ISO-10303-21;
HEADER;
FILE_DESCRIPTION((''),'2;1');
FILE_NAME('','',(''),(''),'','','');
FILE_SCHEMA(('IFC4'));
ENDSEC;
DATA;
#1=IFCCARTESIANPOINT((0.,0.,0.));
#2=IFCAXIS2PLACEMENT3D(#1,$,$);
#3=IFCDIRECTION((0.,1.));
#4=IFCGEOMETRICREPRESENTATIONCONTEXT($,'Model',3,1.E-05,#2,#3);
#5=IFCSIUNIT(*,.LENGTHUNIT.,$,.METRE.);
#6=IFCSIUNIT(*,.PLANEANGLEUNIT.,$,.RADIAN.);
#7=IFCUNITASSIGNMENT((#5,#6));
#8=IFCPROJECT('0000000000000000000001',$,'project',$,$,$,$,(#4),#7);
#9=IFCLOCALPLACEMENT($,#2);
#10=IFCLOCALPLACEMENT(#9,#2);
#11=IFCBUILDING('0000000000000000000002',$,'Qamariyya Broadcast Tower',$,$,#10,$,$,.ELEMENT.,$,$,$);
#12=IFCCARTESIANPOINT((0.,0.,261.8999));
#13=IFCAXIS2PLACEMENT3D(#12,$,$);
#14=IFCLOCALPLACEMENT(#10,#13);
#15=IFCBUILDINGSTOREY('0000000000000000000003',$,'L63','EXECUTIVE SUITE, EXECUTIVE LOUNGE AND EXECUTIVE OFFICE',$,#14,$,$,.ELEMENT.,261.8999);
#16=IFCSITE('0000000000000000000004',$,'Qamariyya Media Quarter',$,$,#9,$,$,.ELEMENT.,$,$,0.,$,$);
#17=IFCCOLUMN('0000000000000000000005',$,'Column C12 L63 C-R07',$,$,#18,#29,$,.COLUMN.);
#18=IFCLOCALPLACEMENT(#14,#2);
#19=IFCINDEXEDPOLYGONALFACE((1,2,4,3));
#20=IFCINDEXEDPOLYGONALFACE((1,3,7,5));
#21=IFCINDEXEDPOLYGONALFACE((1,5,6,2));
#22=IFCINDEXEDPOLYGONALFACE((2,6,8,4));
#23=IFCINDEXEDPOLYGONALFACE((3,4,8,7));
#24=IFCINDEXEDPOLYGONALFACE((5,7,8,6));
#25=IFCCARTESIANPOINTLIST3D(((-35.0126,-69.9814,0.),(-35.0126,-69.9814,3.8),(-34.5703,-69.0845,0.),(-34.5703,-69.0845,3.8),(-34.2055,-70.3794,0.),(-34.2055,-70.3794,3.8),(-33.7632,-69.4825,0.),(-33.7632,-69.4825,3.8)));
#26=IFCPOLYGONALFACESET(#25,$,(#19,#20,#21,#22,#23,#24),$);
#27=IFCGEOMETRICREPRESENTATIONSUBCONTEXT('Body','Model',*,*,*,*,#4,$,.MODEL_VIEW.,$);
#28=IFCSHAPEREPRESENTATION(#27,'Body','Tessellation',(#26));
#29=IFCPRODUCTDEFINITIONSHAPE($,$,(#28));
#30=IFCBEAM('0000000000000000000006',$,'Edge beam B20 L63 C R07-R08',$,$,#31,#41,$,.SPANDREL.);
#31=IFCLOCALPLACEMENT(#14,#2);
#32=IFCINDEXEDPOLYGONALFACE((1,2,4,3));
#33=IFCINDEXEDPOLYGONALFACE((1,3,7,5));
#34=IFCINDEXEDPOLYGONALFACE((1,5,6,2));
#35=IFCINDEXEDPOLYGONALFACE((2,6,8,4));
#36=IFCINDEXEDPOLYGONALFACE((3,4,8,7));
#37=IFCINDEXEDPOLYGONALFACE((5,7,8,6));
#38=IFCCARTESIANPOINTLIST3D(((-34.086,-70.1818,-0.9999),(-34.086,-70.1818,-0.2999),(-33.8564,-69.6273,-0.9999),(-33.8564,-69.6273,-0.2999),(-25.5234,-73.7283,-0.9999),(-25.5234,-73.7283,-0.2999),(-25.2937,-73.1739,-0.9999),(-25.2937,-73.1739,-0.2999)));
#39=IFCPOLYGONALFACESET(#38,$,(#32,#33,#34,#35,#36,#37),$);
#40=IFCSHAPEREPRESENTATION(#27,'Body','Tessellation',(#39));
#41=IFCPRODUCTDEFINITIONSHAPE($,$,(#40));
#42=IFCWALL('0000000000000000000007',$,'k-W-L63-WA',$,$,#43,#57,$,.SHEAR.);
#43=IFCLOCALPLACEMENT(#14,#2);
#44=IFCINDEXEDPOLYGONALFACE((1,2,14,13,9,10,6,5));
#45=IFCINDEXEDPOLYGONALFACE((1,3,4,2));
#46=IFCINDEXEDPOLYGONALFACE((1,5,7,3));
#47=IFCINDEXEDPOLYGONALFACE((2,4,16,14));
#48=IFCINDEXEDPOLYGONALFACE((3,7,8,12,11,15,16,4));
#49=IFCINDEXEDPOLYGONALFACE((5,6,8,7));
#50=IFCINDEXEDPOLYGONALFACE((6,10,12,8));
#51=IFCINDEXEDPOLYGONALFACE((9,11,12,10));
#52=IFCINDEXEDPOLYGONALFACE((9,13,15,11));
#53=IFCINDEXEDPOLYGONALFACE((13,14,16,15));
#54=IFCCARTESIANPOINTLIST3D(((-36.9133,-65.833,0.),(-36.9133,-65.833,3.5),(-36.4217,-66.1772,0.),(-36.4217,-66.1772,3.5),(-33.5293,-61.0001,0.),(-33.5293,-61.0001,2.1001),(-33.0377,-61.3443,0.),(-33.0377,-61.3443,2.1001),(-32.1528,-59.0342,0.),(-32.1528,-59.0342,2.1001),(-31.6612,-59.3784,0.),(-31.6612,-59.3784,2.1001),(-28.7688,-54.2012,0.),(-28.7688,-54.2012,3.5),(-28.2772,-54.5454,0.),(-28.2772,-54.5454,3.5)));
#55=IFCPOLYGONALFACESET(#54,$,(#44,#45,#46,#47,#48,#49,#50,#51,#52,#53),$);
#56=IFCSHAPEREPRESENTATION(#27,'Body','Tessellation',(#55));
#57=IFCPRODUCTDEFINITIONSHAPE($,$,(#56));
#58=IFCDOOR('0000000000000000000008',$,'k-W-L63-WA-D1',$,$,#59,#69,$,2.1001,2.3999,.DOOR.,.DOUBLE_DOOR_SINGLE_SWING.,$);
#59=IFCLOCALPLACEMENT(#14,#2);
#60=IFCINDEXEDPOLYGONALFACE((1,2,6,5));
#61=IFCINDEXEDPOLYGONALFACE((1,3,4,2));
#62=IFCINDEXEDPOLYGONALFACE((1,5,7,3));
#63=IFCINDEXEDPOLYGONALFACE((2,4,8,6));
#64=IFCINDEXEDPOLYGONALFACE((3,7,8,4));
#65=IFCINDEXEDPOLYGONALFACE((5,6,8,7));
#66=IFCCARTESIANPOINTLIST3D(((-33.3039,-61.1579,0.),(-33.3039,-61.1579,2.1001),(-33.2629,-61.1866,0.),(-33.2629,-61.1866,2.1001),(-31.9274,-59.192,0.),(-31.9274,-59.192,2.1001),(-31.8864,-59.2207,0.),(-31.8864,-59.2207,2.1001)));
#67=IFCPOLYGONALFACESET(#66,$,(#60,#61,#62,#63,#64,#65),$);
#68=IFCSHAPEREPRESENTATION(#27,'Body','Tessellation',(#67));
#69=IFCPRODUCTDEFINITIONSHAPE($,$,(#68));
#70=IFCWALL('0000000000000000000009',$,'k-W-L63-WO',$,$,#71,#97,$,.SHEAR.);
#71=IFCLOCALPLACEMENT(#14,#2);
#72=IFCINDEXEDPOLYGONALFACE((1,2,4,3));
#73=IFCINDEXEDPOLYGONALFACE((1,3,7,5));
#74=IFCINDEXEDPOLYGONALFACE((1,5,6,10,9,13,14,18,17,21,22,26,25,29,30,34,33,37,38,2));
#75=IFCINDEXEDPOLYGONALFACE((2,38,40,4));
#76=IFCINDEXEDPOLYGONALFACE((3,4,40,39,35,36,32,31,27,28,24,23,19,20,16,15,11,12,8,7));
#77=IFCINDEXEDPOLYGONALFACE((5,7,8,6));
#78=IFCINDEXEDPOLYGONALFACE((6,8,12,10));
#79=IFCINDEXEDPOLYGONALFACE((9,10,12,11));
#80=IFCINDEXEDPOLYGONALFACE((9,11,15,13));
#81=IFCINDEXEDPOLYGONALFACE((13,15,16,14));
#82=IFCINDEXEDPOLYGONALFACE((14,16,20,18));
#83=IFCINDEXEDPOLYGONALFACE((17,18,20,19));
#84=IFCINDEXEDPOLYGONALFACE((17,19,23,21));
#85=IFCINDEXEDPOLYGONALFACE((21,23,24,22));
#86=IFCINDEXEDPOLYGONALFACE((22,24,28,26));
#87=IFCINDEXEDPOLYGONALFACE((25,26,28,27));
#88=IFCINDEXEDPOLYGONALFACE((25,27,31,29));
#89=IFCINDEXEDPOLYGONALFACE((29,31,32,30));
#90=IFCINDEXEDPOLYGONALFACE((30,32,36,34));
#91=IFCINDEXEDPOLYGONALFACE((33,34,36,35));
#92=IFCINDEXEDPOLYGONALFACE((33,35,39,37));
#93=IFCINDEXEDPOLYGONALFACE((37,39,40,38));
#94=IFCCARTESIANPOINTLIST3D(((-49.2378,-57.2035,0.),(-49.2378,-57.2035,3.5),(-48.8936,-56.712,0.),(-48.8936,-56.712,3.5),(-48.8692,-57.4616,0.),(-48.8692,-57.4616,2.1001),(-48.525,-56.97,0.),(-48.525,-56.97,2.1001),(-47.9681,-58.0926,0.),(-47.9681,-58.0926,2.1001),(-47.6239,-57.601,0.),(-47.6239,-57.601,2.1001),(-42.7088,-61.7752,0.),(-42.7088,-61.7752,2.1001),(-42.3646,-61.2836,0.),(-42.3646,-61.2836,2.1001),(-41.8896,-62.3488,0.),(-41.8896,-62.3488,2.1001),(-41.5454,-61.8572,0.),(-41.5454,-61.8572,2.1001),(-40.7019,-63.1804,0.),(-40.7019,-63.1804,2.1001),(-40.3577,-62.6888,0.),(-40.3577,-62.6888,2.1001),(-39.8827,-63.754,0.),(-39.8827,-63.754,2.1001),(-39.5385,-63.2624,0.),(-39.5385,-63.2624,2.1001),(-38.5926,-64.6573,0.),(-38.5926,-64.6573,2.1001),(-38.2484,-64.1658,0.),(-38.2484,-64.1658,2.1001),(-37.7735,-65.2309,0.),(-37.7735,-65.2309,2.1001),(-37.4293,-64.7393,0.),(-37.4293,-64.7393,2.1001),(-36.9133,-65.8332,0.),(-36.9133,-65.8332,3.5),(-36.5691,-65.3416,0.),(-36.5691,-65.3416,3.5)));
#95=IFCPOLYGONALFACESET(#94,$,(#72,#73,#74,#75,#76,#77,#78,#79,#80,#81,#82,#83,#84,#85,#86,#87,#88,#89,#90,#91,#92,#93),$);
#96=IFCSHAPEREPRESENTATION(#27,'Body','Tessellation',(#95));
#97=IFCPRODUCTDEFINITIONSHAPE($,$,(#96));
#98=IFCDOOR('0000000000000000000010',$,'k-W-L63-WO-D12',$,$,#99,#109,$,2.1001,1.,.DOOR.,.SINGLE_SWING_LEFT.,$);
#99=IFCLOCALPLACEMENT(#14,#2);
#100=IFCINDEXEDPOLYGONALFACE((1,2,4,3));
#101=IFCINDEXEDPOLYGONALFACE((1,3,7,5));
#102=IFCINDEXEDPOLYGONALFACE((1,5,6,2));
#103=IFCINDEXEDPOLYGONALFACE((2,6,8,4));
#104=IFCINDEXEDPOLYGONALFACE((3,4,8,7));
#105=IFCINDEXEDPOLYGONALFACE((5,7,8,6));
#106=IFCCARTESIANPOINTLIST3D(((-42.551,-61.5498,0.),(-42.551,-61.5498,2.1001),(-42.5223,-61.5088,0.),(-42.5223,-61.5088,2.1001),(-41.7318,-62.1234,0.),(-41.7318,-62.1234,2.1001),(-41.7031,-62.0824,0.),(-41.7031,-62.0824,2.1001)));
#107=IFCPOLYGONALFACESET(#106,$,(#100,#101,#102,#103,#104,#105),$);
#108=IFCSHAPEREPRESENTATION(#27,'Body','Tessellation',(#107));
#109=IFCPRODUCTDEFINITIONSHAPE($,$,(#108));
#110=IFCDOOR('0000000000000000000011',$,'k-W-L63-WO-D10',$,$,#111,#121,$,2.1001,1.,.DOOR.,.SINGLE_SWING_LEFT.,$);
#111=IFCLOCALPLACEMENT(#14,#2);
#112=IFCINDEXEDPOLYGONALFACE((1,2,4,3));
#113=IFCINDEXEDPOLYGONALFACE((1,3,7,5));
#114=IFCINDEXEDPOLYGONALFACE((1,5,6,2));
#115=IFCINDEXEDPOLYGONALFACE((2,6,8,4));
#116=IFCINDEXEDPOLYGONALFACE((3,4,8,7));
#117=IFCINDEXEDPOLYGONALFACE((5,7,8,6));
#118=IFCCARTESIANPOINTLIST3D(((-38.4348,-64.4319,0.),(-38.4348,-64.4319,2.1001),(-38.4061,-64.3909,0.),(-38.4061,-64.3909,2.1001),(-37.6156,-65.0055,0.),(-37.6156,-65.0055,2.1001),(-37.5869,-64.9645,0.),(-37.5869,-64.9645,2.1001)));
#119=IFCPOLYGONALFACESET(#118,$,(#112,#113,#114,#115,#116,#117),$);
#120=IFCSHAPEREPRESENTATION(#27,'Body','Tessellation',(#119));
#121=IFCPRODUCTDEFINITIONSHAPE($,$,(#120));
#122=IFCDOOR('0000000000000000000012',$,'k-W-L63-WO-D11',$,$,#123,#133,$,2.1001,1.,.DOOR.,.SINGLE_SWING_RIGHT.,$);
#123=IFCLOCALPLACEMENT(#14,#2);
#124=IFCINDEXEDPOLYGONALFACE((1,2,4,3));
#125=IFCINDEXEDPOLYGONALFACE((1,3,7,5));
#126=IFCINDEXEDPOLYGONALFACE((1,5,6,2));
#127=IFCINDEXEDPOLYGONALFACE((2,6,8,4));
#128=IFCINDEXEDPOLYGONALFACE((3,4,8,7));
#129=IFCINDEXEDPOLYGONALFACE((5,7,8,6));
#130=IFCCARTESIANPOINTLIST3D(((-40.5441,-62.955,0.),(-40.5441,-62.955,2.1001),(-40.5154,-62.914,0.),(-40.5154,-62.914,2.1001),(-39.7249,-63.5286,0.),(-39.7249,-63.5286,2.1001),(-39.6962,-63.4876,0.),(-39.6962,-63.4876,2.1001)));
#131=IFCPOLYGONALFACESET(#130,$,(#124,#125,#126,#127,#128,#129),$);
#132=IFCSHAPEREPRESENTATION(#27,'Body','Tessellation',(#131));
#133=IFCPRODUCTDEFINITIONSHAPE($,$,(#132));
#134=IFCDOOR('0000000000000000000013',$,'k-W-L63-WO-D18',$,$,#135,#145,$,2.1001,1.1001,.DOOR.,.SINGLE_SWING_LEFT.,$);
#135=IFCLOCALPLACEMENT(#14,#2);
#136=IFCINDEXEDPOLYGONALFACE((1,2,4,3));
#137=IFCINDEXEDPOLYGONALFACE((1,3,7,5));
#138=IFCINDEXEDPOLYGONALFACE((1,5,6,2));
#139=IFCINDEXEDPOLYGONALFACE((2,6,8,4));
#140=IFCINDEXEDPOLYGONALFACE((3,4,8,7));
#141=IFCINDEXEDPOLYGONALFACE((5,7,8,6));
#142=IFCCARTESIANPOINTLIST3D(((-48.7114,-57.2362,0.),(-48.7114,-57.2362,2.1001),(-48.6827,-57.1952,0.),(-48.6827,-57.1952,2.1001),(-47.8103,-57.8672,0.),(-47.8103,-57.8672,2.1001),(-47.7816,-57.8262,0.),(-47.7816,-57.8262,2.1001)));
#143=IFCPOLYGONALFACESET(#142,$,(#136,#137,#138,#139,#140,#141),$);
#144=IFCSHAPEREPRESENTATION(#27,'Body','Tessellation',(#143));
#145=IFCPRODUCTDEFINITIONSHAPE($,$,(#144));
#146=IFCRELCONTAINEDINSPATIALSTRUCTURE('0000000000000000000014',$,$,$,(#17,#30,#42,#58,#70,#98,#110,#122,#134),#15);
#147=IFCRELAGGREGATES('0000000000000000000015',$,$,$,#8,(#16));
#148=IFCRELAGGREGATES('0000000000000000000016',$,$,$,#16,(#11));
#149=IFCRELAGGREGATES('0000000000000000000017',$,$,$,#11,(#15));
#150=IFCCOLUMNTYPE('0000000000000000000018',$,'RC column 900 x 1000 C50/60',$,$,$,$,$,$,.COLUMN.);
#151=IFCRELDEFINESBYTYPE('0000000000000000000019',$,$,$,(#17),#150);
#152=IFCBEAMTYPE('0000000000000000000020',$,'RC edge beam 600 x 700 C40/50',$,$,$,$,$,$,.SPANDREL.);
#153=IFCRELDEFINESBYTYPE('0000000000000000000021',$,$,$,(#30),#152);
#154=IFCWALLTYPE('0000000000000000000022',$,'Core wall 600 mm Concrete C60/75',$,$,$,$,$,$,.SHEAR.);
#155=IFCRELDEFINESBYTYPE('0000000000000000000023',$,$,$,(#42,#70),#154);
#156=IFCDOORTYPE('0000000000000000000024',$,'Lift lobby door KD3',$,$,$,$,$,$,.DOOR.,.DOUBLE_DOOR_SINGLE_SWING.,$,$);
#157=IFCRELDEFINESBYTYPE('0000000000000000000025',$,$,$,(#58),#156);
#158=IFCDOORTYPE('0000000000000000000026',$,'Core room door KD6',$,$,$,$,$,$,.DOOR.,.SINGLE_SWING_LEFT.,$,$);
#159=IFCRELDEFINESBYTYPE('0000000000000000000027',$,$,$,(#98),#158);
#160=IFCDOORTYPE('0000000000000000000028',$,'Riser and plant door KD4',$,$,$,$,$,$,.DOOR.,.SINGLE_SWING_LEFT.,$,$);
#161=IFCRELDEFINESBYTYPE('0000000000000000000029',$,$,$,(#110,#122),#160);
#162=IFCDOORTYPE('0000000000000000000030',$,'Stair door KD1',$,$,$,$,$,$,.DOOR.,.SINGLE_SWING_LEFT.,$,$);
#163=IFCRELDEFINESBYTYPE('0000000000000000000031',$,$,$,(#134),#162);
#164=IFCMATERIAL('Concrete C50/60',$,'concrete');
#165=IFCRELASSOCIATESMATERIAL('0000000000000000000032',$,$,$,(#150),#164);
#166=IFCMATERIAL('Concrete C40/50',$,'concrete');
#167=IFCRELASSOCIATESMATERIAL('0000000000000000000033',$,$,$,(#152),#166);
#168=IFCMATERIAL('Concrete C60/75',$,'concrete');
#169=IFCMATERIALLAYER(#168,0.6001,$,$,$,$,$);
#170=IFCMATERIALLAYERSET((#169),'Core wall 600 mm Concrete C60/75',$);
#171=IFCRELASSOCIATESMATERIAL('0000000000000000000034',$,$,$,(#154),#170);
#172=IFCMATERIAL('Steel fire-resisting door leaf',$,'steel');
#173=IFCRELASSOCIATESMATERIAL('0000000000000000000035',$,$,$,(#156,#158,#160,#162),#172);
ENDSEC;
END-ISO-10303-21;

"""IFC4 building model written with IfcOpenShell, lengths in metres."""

from ifc_helpers import new_model, si_unit, direction, frame, frame_2d, origin, origin_2d, place, context, subcontext, project, spatial, rectangle, extrude, material, layer, layer_set, material_profile, profile_set, type_object, element, fill, save


model = new_model("IFC4")

# Units and contexts
model_context = context("Model", 3, precision=1e-05, world=origin(), true_north=direction((0.0, 1.0)))
body_context = subcontext(model_context, "Body", "Model", "MODEL_VIEW")
ifc_project = project(units=[si_unit("LENGTHUNIT", "METRE"), si_unit("PLANEANGLEUNIT", "RADIAN")], contexts=[model_context])

# Site, building, storey
site_placement = place(None, origin())
site = spatial("IfcSite", under=ifc_project, at=site_placement, Name="Qamariyya Media Quarter", CompositionType="ELEMENT", RefElevation=0.0)
building_placement = place(site_placement, origin())
building = spatial("IfcBuilding", under=site, at=building_placement, Name="Qamariyya Broadcast Tower", CompositionType="ELEMENT")
storey_placement = place(building_placement, frame((0.0, 0.0, 261.8999)))
storey = spatial("IfcBuildingStorey", under=building, at=storey_placement, Name="L63", Description="EXECUTIVE SUITE, EXECUTIVE LOUNGE AND EXECUTIVE OFFICE", CompositionType="ELEMENT", Elevation=261.8999)

# Column
ifc_material_1 = material(Name="Concrete C50/60", Category="concrete")
ifc_material_profile_1 = material_profile(ifc_material_1, rectangle(XDim=0.8999, YDim=1.0, at=origin_2d()))
ifc_profile_set_1 = profile_set([ifc_material_profile_1], Name="Concrete C50/60")
column_type = type_object("IfcColumnType", Name="RC column 900 x 1000 C50/60", PredefinedType="COLUMN", material=ifc_profile_set_1)
column_placement = place(storey_placement, frame((-34.3879, -69.7319, 0.0), z_axis=(0.0, 0.0, 1.0), x_axis=(0.896873, -0.442289, 0.0)))
element("IfcColumn", 1, at=column_placement, inside=storey, type_object=column_type, Name="Column C12 L63 C-R07", PredefinedType="COLUMN", context=body_context, shape_type="SweptSolid", body=[
    extrude(rectangle(XDim=0.8999, YDim=1.0, at=origin_2d()), origin(), (0.0, 0.0, 1.0), 3.8),
])

# Beam
ifc_material_2 = material(Name="Concrete C40/50", Category="concrete")
ifc_material_profile_2 = material_profile(ifc_material_2, rectangle(XDim=0.6001, YDim=0.7, at=origin_2d()))
ifc_profile_set_2 = profile_set([ifc_material_profile_2], Name="Concrete C40/50")
beam_type = type_object("IfcBeamType", Name="RC edge beam 600 x 700 C40/50", PredefinedType="SPANDREL", material=ifc_profile_set_2)
beam_placement = place(storey_placement, frame((-33.9712, -69.9045, -0.6499), z_axis=(0.923886, -0.382667, 0.0), x_axis=(0.382667, 0.923886, 0.0)))
element("IfcBeam", 2, at=beam_placement, inside=storey, type_object=beam_type, Name="Edge beam B20 L63 C R07-R08", PredefinedType="SPANDREL", context=body_context, shape_type="SweptSolid", body=[
    extrude(rectangle(XDim=0.6001, YDim=0.7, at=origin_2d()), origin(), (0.0, 0.0, 1.0), 9.2681),
])

# Wall, opening, door
ifc_material_3 = material(Name="Concrete C60/75", Category="concrete")
ifc_layer_1 = layer(ifc_material_3, 0.6001)
ifc_layer_set_1 = layer_set([ifc_layer_1], Name="Core wall 600 mm Concrete C60/75")
wall_type_1 = type_object("IfcWallType", Name="Core wall 600 mm Concrete C60/75", PredefinedType="SHEAR", material=ifc_layer_set_1)
wall_1_placement = place(storey_placement, frame((-36.6675, -66.0051, 0.0), z_axis=(0.0, 0.0, 1.0), x_axis=(0.573568, 0.819158, 0.0)))
wall_1 = element("IfcWall", 3, at=wall_1_placement, inside=storey, type_object=wall_type_1, Name="k-W-L63-WA", PredefinedType="SHEAR", context=body_context, shape_type="SweptSolid", body=[
    extrude(rectangle(XDim=14.1997, YDim=0.6001, at=frame_2d((7.0999, 0.0))), origin(), (0.0, 0.0, 1.0), 3.5),
])
opening_1_placement = place(wall_1_placement, frame((5.8999, 0.0, 0.0)))
opening_1 = element("IfcOpeningElement", 4, at=opening_1_placement, cuts=wall_1, PredefinedType="OPENING", context=body_context, shape_type="SweptSolid", body=[
    extrude(rectangle(XDim=2.3999, YDim=2.1001, at=frame_2d((1.2, 1.05))), frame((0.0, 0.3101, 0.0), z_axis=(0.0, -1.0, 0.0), x_axis=(1.0, 0.0, 0.0)), (0.0, 0.0, 1.0), 0.6201),
])
ifc_material_4 = material(Name="Steel fire-resisting door leaf", Category="steel")
door_type_1 = type_object("IfcDoorType", Name="Lift lobby door KD3", OperationType="DOUBLE_DOOR_SINGLE_SWING", PredefinedType="DOOR", material=ifc_material_4)
door_1_placement = place(opening_1_placement, origin())
door_1 = element("IfcDoor", 5, at=door_1_placement, inside=storey, type_object=door_type_1, Name="k-W-L63-WA-D1", OperationType="DOUBLE_DOOR_SINGLE_SWING", OverallHeight=2.1001, OverallWidth=2.3999, PredefinedType="DOOR", context=body_context, shape_type="SweptSolid", body=[
    extrude(rectangle(XDim=2.3999, YDim=2.1001, at=frame_2d((1.2, 1.05))), frame((0.0, 0.0249, 0.0), z_axis=(0.0, -1.0, 0.0), x_axis=(1.0, 0.0, 0.0)), (0.0, 0.0, 1.0), 0.05),
])
fill(opening_1, door_1)

# Wall, openings, doors
wall_2_placement = place(storey_placement, frame((-36.7412, -65.5874, 0.0), z_axis=(0.0, 0.0, 1.0), x_axis=(-0.819153, 0.573575, 0.0)))
wall_2 = element("IfcWall", 6, at=wall_2_placement, inside=storey, type_object=wall_type_1, Name="k-W-L63-WO", PredefinedType="SHEAR", context=body_context, shape_type="SweptSolid", body=[
    extrude(rectangle(XDim=15.0454, YDim=0.6001, at=frame_2d((7.5227, 0.0))), origin(), (0.0, 0.0, 1.0), 3.5),
])
opening_2_placement = place(wall_2_placement, frame((1.05, 0.0, 0.0)))
opening_2 = element("IfcOpeningElement", 7, at=opening_2_placement, cuts=wall_2, PredefinedType="OPENING", context=body_context, shape_type="SweptSolid", body=[
    extrude(rectangle(XDim=1.0, YDim=2.1001, at=frame_2d((0.5, 1.05))), frame((0.0, 0.3101, 0.0), z_axis=(0.0, -1.0, 0.0), x_axis=(1.0, 0.0, 0.0)), (0.0, 0.0, 1.0), 0.6201),
])
opening_3_placement = place(wall_2_placement, frame((3.625, 0.0, 0.0)))
opening_3 = element("IfcOpeningElement", 8, at=opening_3_placement, cuts=wall_2, PredefinedType="OPENING", context=body_context, shape_type="SweptSolid", body=[
    extrude(rectangle(XDim=1.0, YDim=2.1001, at=frame_2d((0.5, 1.05))), frame((0.0, 0.3101, 0.0), z_axis=(0.0, -1.0, 0.0), x_axis=(1.0, 0.0, 0.0)), (0.0, 0.0, 1.0), 0.6201),
])
opening_4_placement = place(wall_2_placement, frame((6.075, 0.0, 0.0)))
opening_4 = element("IfcOpeningElement", 9, at=opening_4_placement, cuts=wall_2, PredefinedType="OPENING", context=body_context, shape_type="SweptSolid", body=[
    extrude(rectangle(XDim=1.0, YDim=2.1001, at=frame_2d((0.5, 1.05))), frame((0.0, 0.3101, 0.0), z_axis=(0.0, -1.0, 0.0), x_axis=(1.0, 0.0, 0.0)), (0.0, 0.0, 1.0), 0.6201),
])
opening_5_placement = place(wall_2_placement, frame((13.4954, 0.0, 0.0)))
opening_5 = element("IfcOpeningElement", 10, at=opening_5_placement, cuts=wall_2, PredefinedType="OPENING", context=body_context, shape_type="SweptSolid", body=[
    extrude(rectangle(XDim=1.1001, YDim=2.1001, at=frame_2d((0.55, 1.05))), frame((0.0, 0.3101, 0.0), z_axis=(0.0, -1.0, 0.0), x_axis=(1.0, 0.0, 0.0)), (0.0, 0.0, 1.0), 0.6201),
])
door_type_2 = type_object("IfcDoorType", Name="Core room door KD6", OperationType="SINGLE_SWING_LEFT", PredefinedType="DOOR", material=ifc_material_4)
door_2_placement = place(opening_4_placement, origin())
door_2 = element("IfcDoor", 11, at=door_2_placement, inside=storey, type_object=door_type_2, Name="k-W-L63-WO-D12", OperationType="SINGLE_SWING_LEFT", OverallHeight=2.1001, OverallWidth=1.0, PredefinedType="DOOR", context=body_context, shape_type="SweptSolid", body=[
    extrude(rectangle(XDim=1.0, YDim=2.1001, at=frame_2d((0.5, 1.05))), frame((0.0, 0.0249, 0.0), z_axis=(0.0, -1.0, 0.0), x_axis=(1.0, 0.0, 0.0)), (0.0, 0.0, 1.0), 0.05),
])
fill(opening_4, door_2)
door_type_3 = type_object("IfcDoorType", Name="Riser and plant door KD4", OperationType="SINGLE_SWING_LEFT", PredefinedType="DOOR", material=ifc_material_4)
door_3_placement = place(opening_2_placement, origin())
door_3 = element("IfcDoor", 12, at=door_3_placement, inside=storey, type_object=door_type_3, Name="k-W-L63-WO-D10", OperationType="SINGLE_SWING_LEFT", OverallHeight=2.1001, OverallWidth=1.0, PredefinedType="DOOR", context=body_context, shape_type="SweptSolid", body=[
    extrude(rectangle(XDim=1.0, YDim=2.1001, at=frame_2d((0.5, 1.05))), frame((0.0, 0.0249, 0.0), z_axis=(0.0, -1.0, 0.0), x_axis=(1.0, 0.0, 0.0)), (0.0, 0.0, 1.0), 0.05),
])
fill(opening_2, door_3)
door_4_placement = place(opening_3_placement, origin())
door_4 = element("IfcDoor", 13, at=door_4_placement, inside=storey, type_object=door_type_3, Name="k-W-L63-WO-D11", OperationType="SINGLE_SWING_RIGHT", OverallHeight=2.1001, OverallWidth=1.0, PredefinedType="DOOR", context=body_context, shape_type="SweptSolid", body=[
    extrude(rectangle(XDim=1.0, YDim=2.1001, at=frame_2d((0.5, 1.05))), frame((0.0, 0.0249, 0.0), z_axis=(0.0, -1.0, 0.0), x_axis=(1.0, 0.0, 0.0)), (0.0, 0.0, 1.0), 0.05),
])
fill(opening_3, door_4)
door_type_4 = type_object("IfcDoorType", Name="Stair door KD1", OperationType="SINGLE_SWING_LEFT", PredefinedType="DOOR", material=ifc_material_4)
door_5_placement = place(opening_5_placement, origin())
door_5 = element("IfcDoor", 14, at=door_5_placement, inside=storey, type_object=door_type_4, Name="k-W-L63-WO-D18", OperationType="SINGLE_SWING_LEFT", OverallHeight=2.1001, OverallWidth=1.1001, PredefinedType="DOOR", context=body_context, shape_type="SweptSolid", body=[
    extrude(rectangle(XDim=1.1001, YDim=2.1001, at=frame_2d((0.55, 1.05))), frame((0.0, 0.0249, 0.0), z_axis=(0.0, -1.0, 0.0), x_axis=(1.0, 0.0, 0.0)), (0.0, 0.0, 1.0), 0.05),
])
fill(opening_5, door_5)

save(model, "model.ifc")
